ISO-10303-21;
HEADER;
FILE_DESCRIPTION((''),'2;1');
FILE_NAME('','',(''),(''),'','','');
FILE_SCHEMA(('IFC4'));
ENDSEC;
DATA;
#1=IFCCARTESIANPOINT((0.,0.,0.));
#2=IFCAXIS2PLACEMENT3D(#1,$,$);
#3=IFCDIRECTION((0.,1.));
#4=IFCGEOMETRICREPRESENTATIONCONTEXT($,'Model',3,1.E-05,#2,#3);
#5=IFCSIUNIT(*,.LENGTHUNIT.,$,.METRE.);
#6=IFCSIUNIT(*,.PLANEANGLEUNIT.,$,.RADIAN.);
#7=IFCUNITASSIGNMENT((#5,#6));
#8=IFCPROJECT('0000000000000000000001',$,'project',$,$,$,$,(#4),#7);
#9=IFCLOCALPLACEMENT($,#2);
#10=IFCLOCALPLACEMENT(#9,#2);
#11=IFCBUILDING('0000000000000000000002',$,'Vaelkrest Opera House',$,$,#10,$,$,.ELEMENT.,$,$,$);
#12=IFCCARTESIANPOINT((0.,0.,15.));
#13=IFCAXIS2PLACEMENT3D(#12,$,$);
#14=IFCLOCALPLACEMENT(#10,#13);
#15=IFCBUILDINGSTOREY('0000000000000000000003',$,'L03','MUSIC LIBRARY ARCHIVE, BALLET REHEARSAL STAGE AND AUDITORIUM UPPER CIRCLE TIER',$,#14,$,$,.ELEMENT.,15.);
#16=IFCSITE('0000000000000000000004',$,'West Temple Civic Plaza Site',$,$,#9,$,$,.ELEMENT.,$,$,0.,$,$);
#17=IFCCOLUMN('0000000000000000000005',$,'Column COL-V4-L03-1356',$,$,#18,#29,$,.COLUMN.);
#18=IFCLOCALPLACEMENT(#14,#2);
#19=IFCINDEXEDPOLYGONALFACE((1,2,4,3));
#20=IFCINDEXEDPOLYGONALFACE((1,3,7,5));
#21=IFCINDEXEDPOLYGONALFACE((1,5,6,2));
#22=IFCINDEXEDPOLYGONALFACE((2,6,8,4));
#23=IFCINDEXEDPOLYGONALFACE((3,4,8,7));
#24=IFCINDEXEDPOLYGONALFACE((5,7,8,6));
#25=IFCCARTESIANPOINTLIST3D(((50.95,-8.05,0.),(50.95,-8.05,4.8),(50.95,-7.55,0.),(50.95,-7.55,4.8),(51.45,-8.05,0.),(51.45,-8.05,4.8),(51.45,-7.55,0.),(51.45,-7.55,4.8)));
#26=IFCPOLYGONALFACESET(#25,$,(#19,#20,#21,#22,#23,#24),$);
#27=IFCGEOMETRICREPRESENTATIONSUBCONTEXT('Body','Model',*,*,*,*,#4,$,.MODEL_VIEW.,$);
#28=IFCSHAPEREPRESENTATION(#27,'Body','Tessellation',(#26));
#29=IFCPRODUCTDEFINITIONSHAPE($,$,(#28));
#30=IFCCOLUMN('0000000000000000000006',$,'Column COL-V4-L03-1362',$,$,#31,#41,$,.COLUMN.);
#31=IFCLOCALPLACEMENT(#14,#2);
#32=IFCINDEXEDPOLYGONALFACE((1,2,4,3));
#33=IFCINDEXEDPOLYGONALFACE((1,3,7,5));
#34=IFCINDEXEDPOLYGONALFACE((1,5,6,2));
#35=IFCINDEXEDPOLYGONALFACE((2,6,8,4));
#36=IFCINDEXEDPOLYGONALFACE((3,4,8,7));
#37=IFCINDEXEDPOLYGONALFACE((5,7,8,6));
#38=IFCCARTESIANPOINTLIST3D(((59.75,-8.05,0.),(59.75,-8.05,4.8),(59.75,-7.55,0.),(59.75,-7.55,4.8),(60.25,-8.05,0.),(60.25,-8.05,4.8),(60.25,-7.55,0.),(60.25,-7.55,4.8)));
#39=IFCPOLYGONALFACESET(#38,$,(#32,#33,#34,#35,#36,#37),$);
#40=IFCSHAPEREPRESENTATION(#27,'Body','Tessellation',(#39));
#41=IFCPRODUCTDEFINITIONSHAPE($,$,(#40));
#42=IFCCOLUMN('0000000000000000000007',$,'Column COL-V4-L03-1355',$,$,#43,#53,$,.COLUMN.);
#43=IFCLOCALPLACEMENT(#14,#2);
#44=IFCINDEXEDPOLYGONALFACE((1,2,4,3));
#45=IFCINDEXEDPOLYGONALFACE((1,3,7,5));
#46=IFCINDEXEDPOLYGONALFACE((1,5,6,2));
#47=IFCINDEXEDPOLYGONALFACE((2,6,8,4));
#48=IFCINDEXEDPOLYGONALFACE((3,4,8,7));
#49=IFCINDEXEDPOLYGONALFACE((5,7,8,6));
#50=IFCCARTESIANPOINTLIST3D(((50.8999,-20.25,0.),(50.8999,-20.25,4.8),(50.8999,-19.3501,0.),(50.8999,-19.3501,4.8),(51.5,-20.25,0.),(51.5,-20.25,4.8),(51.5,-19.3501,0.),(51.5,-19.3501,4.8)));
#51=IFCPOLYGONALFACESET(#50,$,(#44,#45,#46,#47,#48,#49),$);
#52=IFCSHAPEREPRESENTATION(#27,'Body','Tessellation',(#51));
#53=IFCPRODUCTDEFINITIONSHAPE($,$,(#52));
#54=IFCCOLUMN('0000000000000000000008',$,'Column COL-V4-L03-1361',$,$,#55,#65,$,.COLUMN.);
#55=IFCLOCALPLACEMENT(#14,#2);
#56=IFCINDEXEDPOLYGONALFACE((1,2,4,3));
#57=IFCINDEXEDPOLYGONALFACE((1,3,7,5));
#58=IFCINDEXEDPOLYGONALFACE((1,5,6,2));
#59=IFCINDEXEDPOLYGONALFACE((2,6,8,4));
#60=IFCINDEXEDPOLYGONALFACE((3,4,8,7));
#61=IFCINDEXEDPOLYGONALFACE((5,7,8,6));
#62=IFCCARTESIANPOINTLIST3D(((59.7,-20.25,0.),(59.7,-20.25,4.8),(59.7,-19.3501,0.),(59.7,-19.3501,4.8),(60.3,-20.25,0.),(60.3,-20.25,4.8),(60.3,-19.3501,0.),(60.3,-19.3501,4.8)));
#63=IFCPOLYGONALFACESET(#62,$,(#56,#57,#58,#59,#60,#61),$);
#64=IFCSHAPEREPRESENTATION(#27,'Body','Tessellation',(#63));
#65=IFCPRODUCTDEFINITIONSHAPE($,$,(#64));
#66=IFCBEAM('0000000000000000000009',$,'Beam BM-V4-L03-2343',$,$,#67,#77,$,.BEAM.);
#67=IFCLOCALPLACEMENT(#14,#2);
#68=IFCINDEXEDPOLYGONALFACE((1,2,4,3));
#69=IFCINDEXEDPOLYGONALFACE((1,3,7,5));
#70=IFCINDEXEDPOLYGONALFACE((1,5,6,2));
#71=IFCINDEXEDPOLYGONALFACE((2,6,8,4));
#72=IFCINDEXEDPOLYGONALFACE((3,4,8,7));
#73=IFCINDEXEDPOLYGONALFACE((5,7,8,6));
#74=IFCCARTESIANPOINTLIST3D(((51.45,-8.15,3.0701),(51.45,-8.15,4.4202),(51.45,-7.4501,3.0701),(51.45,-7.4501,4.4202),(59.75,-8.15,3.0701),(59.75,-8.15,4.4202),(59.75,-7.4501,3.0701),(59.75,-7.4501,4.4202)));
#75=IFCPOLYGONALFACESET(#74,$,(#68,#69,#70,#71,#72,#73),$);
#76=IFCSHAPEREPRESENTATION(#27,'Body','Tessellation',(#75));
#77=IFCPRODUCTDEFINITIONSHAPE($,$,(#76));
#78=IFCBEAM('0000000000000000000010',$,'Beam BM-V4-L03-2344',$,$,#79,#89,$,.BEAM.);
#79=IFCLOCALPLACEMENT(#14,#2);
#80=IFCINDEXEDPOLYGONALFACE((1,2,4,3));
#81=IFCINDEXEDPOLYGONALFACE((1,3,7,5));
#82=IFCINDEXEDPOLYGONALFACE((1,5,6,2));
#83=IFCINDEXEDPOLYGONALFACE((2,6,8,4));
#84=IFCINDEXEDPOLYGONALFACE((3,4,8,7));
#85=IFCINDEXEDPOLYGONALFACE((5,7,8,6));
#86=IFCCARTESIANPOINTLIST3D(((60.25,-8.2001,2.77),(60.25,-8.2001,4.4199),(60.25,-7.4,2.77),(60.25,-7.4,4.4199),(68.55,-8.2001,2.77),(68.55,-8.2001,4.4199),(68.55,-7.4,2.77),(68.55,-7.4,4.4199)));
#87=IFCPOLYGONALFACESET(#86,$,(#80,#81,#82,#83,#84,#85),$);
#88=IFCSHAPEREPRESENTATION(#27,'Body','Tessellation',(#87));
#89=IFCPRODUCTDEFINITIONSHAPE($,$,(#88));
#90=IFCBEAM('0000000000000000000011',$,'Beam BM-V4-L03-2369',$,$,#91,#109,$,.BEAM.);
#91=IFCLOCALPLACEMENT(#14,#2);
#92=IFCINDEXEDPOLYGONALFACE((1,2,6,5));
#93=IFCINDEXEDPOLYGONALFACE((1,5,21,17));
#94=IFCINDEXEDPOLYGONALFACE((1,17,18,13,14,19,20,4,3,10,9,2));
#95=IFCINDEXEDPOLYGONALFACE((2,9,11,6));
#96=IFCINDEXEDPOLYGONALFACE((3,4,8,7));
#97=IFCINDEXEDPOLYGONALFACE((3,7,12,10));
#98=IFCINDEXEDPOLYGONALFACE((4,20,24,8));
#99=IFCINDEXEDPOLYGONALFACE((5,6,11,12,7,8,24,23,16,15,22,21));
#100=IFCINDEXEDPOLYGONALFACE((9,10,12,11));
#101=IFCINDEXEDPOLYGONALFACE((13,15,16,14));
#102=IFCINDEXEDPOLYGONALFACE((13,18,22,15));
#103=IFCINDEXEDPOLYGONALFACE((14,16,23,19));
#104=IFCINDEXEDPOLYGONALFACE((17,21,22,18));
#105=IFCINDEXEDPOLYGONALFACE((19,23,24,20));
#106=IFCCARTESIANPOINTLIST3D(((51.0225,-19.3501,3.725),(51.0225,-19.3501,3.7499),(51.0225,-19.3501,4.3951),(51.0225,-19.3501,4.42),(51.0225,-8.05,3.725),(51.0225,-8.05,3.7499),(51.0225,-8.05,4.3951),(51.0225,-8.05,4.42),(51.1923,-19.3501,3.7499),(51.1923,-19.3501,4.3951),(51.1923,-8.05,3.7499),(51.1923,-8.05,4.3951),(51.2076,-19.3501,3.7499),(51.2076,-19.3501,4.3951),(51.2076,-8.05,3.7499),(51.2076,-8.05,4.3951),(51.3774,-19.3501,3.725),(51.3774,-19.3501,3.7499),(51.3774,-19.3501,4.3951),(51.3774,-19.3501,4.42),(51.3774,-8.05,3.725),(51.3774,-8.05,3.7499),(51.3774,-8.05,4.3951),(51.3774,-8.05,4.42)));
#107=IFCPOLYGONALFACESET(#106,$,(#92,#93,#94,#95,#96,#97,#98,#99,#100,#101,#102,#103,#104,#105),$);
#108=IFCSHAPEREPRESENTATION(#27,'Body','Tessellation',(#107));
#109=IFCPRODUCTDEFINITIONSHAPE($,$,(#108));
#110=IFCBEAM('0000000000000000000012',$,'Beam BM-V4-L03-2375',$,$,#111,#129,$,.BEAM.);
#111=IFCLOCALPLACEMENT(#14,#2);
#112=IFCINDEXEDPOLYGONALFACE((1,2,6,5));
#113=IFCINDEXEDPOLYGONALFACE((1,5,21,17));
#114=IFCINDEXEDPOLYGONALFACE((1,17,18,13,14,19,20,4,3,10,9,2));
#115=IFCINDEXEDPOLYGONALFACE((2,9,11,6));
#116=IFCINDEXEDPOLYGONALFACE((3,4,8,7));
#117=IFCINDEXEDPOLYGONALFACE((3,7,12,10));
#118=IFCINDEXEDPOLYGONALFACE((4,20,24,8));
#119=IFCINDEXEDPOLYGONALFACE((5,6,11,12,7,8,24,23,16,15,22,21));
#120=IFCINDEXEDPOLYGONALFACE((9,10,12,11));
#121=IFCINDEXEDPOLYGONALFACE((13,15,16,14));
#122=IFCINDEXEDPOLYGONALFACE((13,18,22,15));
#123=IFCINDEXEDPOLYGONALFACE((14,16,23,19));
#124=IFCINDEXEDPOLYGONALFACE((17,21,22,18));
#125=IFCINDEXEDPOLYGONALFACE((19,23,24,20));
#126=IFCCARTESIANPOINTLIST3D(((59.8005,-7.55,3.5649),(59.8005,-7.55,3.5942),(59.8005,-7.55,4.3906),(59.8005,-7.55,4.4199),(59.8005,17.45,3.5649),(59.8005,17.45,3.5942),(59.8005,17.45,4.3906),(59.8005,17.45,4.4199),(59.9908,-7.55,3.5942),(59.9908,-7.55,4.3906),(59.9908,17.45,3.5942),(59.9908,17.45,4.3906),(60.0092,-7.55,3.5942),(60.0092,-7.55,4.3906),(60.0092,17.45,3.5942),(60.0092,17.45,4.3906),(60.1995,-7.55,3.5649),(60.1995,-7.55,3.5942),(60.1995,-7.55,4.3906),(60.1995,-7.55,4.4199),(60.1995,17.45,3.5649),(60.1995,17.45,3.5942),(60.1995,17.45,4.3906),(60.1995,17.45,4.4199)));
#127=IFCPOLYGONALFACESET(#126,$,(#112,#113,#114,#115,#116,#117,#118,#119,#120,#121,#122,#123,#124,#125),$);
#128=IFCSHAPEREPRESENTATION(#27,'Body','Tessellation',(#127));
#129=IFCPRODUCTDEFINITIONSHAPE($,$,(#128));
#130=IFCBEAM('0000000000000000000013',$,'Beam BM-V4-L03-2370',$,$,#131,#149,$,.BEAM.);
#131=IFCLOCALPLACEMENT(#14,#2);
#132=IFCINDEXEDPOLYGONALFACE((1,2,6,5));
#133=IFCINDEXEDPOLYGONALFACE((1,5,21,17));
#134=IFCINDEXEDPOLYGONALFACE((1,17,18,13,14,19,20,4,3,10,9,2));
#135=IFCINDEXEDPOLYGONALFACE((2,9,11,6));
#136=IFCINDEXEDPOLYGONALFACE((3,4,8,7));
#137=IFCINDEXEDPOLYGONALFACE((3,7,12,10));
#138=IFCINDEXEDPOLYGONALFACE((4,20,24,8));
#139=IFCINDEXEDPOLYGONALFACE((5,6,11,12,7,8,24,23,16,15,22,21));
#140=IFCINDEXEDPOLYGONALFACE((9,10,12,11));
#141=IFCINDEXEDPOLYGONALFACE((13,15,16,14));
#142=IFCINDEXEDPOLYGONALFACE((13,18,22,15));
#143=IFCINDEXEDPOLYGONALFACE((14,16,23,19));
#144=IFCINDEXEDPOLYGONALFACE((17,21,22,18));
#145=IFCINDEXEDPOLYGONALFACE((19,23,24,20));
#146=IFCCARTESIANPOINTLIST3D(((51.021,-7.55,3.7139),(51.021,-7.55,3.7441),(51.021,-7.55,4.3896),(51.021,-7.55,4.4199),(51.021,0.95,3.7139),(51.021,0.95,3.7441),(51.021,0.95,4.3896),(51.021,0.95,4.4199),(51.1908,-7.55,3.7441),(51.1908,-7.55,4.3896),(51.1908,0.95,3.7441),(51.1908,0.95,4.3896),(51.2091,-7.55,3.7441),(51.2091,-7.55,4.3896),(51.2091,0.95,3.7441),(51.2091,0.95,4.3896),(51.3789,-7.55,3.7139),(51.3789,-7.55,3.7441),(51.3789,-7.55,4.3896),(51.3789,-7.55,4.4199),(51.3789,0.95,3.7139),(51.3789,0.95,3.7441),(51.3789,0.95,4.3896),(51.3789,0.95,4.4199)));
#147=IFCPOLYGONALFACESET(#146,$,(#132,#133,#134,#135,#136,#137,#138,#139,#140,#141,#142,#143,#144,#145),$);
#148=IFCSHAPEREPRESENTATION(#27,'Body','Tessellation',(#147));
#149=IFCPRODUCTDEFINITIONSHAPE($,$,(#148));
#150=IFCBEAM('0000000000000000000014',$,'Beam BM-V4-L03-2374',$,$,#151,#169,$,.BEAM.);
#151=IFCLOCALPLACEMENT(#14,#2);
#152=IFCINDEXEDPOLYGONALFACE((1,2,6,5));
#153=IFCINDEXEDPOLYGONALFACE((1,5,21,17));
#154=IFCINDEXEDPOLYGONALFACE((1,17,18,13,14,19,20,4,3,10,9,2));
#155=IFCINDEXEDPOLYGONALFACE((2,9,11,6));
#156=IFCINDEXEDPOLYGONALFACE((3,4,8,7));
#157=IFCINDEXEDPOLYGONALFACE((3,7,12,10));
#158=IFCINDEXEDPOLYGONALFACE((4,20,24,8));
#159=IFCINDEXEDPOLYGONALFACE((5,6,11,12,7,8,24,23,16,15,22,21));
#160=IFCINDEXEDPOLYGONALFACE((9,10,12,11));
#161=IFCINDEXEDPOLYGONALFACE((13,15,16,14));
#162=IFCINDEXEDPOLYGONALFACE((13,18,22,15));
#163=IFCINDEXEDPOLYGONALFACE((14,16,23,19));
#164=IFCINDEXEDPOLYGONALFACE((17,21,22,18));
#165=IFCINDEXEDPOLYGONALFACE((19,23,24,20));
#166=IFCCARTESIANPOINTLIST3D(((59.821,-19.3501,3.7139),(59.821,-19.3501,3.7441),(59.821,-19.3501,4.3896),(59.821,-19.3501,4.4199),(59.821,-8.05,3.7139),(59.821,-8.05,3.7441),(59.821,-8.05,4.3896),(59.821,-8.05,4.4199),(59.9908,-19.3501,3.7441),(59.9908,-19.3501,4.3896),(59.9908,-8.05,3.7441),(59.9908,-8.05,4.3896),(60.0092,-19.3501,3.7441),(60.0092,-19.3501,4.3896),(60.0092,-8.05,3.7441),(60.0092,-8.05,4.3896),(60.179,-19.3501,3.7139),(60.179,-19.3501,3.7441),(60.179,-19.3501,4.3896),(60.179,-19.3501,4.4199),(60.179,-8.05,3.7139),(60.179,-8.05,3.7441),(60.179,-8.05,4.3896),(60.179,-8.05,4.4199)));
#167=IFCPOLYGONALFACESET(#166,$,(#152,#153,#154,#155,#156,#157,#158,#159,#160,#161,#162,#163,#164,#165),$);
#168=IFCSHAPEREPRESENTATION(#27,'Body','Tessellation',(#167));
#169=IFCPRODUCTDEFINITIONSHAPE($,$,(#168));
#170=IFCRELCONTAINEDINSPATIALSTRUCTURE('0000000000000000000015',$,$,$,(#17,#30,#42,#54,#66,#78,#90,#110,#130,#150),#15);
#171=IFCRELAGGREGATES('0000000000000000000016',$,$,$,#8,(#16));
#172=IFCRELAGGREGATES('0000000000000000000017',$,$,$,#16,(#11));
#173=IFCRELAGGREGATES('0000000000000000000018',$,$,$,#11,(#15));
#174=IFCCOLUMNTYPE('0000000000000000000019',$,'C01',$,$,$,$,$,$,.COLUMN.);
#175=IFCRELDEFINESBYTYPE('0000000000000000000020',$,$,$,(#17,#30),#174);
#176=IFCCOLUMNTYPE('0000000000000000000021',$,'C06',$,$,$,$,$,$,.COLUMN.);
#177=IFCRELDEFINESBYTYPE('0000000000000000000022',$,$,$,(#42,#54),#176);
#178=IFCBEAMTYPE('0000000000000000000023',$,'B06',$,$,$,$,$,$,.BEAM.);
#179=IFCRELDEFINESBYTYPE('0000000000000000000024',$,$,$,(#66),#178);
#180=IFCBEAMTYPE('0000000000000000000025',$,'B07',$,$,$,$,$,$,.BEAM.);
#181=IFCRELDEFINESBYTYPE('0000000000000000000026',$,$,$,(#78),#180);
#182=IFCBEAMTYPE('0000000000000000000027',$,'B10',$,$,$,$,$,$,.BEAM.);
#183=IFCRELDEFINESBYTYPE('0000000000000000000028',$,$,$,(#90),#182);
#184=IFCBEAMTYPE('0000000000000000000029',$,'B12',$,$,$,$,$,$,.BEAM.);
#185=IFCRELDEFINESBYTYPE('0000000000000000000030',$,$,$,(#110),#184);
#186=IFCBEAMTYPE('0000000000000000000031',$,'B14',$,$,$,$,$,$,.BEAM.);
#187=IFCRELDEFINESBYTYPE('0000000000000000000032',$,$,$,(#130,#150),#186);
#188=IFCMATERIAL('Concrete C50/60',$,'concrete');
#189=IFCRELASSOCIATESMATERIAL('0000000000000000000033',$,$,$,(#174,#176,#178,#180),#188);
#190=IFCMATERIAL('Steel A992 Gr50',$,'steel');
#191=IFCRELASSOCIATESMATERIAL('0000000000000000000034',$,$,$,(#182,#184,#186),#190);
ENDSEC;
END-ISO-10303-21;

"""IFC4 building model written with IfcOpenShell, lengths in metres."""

from ifc_helpers import new_model, si_unit, direction, frame, origin, origin_2d, place, context, subcontext, project, spatial, rectangle, i_section, extrude, material, material_profile, profile_set, type_object, element, save


model = new_model("IFC4")

# Units and contexts
model_context = context("Model", 3, precision=1e-05, world=origin(), true_north=direction((0.0, 1.0)))
body_context = subcontext(model_context, "Body", "Model", "MODEL_VIEW")
ifc_project = project(units=[si_unit("LENGTHUNIT", "METRE"), si_unit("PLANEANGLEUNIT", "RADIAN")], contexts=[model_context])

# Site, building, storey
site_placement = place(None, origin())
site = spatial("IfcSite", under=ifc_project, at=site_placement, Name="West Temple Civic Plaza Site", CompositionType="ELEMENT", RefElevation=0.0)
building_placement = place(site_placement, origin())
building = spatial("IfcBuilding", under=site, at=building_placement, Name="Vaelkrest Opera House", CompositionType="ELEMENT")
storey_placement = place(building_placement, frame((0.0, 0.0, 15.0)))
storey = spatial("IfcBuildingStorey", under=building, at=storey_placement, Name="L03", Description="MUSIC LIBRARY ARCHIVE, BALLET REHEARSAL STAGE AND AUDITORIUM UPPER CIRCLE TIER", CompositionType="ELEMENT", Elevation=15.0)

# Columns
ifc_material_1 = material(Name="Concrete C50/60", Category="concrete")
ifc_material_profile_1 = material_profile(ifc_material_1, rectangle(XDim=0.5, YDim=0.5, at=origin_2d()), Name="RC500X500")
ifc_profile_set_1 = profile_set([ifc_material_profile_1], Name="Concrete C50/60")
column_type_1 = type_object("IfcColumnType", Name="C01", PredefinedType="COLUMN", material=ifc_profile_set_1)
for number, where, z_axis, x_axis, name in (
    (1, (51.2, -7.8, 0.0), (0.0, 0.0, 1.0), (1.0, 0.0, 0.0), "Column COL-V4-L03-1356"),
    (2, (60.0, -7.8, 0.0), (0.0, 0.0, 1.0), (1.0, 0.0, 0.0), "Column COL-V4-L03-1362"),
):
    element("IfcColumn", number, at=place(storey_placement, frame(where, z_axis=z_axis, x_axis=x_axis)), inside=storey, type_object=column_type_1, Name=name, PredefinedType="COLUMN", context=body_context, shape_type="SweptSolid", body=[
        extrude(rectangle(XDim=0.5, YDim=0.5, at=origin_2d()), origin(), (0.0, 0.0, 1.0), 4.8),
    ])
ifc_material_profile_2 = material_profile(ifc_material_1, rectangle(XDim=0.6001, YDim=0.8999, at=origin_2d()), Name="RC600X900")
ifc_profile_set_2 = profile_set([ifc_material_profile_2], Name="Concrete C50/60")
column_type_2 = type_object("IfcColumnType", Name="C06", PredefinedType="COLUMN", material=ifc_profile_set_2)
for number, where, z_axis, x_axis, name in (
    (3, (51.2, -19.8, 0.0), (0.0, 0.0, 1.0), (1.0, 0.0, 0.0), "Column COL-V4-L03-1355"),
    (4, (60.0, -19.8, 0.0), (0.0, 0.0, 1.0), (1.0, 0.0, 0.0), "Column COL-V4-L03-1361"),
):
    element("IfcColumn", number, at=place(storey_placement, frame(where, z_axis=z_axis, x_axis=x_axis)), inside=storey, type_object=column_type_2, Name=name, PredefinedType="COLUMN", context=body_context, shape_type="SweptSolid", body=[
        extrude(rectangle(XDim=0.6001, YDim=0.8999, at=origin_2d()), origin(), (0.0, 0.0, 1.0), 4.8),
    ])

# Beams
ifc_material_profile_3 = material_profile(ifc_material_1, rectangle(XDim=0.7, YDim=1.3501, at=origin_2d()), Name="RCB700X1350")
ifc_profile_set_3 = profile_set([ifc_material_profile_3], Name="Concrete C50/60")
beam_type_1 = type_object("IfcBeamType", Name="B06", PredefinedType="BEAM", material=ifc_profile_set_3)
beam_1_placement = place(storey_placement, frame((51.45, -7.8, 3.7451), z_axis=(1.0, 0.0, 0.0), x_axis=(0.0, 1.0, 0.0)))
element("IfcBeam", 5, at=beam_1_placement, inside=storey, type_object=beam_type_1, Name="Beam BM-V4-L03-2343", PredefinedType="BEAM", context=body_context, shape_type="SweptSolid", body=[
    extrude(rectangle(XDim=0.7, YDim=1.3501, at=origin_2d()), origin(), (0.0, 0.0, 1.0), 8.3),
])
ifc_material_profile_4 = material_profile(ifc_material_1, rectangle(XDim=0.8, YDim=1.6499, at=origin_2d()), Name="RCB800X1650")
ifc_profile_set_4 = profile_set([ifc_material_profile_4], Name="Concrete C50/60")
beam_type_2 = type_object("IfcBeamType", Name="B07", PredefinedType="BEAM", material=ifc_profile_set_4)
beam_2_placement = place(storey_placement, frame((60.25, -7.8, 3.595), z_axis=(1.0, 0.0, 0.0), x_axis=(0.0, 1.0, 0.0)))
element("IfcBeam", 6, at=beam_2_placement, inside=storey, type_object=beam_type_2, Name="Beam BM-V4-L03-2344", PredefinedType="BEAM", context=body_context, shape_type="SweptSolid", body=[
    extrude(rectangle(XDim=0.8, YDim=1.6499, at=origin_2d()), origin(), (0.0, 0.0, 1.0), 8.3),
])
ifc_material_2 = material(Name="Steel A992 Gr50", Category="steel")
ifc_material_profile_5 = material_profile(ifc_material_2, i_section(OverallWidth=0.355, OverallDepth=0.6951, WebThickness=0.0154, FlangeThickness=0.0249, at=origin_2d()), Name="W27X146")
ifc_profile_set_5 = profile_set([ifc_material_profile_5], Name="Steel A992 Gr50")
beam_type_3 = type_object("IfcBeamType", Name="B10", PredefinedType="BEAM", material=ifc_profile_set_5)
beam_3_placement = place(storey_placement, frame((51.2, -19.3501, 4.0725), z_axis=(0.0, 1.0, 0.0), x_axis=(-1.0, 0.0, 0.0)))
element("IfcBeam", 7, at=beam_3_placement, inside=storey, type_object=beam_type_3, Name="Beam BM-V4-L03-2369", PredefinedType="BEAM", context=body_context, shape_type="SweptSolid", body=[
    extrude(i_section(OverallWidth=0.355, OverallDepth=0.6951, WebThickness=0.0154, FlangeThickness=0.0249, at=origin_2d()), origin(), (0.0, 0.0, 1.0), 11.3),
])
ifc_material_profile_6 = material_profile(ifc_material_2, i_section(OverallWidth=0.3989, OverallDepth=0.855, WebThickness=0.0183, FlangeThickness=0.0293, at=origin_2d()), Name="W33X201")
ifc_profile_set_6 = profile_set([ifc_material_profile_6], Name="Steel A992 Gr50")
beam_type_4 = type_object("IfcBeamType", Name="B12", PredefinedType="BEAM", material=ifc_profile_set_6)
beam_4_placement = place(storey_placement, frame((60.0, -7.55, 3.9924), z_axis=(0.0, 1.0, 0.0), x_axis=(-1.0, 0.0, 0.0)))
element("IfcBeam", 8, at=beam_4_placement, inside=storey, type_object=beam_type_4, Name="Beam BM-V4-L03-2375", PredefinedType="BEAM", context=body_context, shape_type="SweptSolid", body=[
    extrude(i_section(OverallWidth=0.3989, OverallDepth=0.855, WebThickness=0.0183, FlangeThickness=0.0293, at=origin_2d()), origin(), (0.0, 0.0, 1.0), 25.0),
])
ifc_material_profile_7 = material_profile(ifc_material_2, i_section(OverallWidth=0.3579, OverallDepth=0.7061, WebThickness=0.0183, FlangeThickness=0.0303, at=origin_2d()), Name="W27X178")
ifc_profile_set_7 = profile_set([ifc_material_profile_7], Name="Steel A992 Gr50")
beam_type_5 = type_object("IfcBeamType", Name="B14", PredefinedType="BEAM", material=ifc_profile_set_7)
beam_5_placement = place(storey_placement, frame((51.2, -7.55, 4.0669), z_axis=(0.0, 1.0, 0.0), x_axis=(-1.0, 0.0, 0.0)))
element("IfcBeam", 9, at=beam_5_placement, inside=storey, type_object=beam_type_5, Name="Beam BM-V4-L03-2370", PredefinedType="BEAM", context=body_context, shape_type="SweptSolid", body=[
    extrude(i_section(OverallWidth=0.3579, OverallDepth=0.7061, WebThickness=0.0183, FlangeThickness=0.0303, at=origin_2d()), origin(), (0.0, 0.0, 1.0), 8.5),
])
beam_6_placement = place(storey_placement, frame((60.0, -19.3501, 4.0669), z_axis=(0.0, 1.0, 0.0), x_axis=(-1.0, 0.0, 0.0)))
element("IfcBeam", 10, at=beam_6_placement, inside=storey, type_object=beam_type_5, Name="Beam BM-V4-L03-2374", PredefinedType="BEAM", context=body_context, shape_type="SweptSolid", body=[
    extrude(i_section(OverallWidth=0.3579, OverallDepth=0.7061, WebThickness=0.0183, FlangeThickness=0.0303, at=origin_2d()), origin(), (0.0, 0.0, 1.0), 11.3),
])

save(model, "model.ifc")
